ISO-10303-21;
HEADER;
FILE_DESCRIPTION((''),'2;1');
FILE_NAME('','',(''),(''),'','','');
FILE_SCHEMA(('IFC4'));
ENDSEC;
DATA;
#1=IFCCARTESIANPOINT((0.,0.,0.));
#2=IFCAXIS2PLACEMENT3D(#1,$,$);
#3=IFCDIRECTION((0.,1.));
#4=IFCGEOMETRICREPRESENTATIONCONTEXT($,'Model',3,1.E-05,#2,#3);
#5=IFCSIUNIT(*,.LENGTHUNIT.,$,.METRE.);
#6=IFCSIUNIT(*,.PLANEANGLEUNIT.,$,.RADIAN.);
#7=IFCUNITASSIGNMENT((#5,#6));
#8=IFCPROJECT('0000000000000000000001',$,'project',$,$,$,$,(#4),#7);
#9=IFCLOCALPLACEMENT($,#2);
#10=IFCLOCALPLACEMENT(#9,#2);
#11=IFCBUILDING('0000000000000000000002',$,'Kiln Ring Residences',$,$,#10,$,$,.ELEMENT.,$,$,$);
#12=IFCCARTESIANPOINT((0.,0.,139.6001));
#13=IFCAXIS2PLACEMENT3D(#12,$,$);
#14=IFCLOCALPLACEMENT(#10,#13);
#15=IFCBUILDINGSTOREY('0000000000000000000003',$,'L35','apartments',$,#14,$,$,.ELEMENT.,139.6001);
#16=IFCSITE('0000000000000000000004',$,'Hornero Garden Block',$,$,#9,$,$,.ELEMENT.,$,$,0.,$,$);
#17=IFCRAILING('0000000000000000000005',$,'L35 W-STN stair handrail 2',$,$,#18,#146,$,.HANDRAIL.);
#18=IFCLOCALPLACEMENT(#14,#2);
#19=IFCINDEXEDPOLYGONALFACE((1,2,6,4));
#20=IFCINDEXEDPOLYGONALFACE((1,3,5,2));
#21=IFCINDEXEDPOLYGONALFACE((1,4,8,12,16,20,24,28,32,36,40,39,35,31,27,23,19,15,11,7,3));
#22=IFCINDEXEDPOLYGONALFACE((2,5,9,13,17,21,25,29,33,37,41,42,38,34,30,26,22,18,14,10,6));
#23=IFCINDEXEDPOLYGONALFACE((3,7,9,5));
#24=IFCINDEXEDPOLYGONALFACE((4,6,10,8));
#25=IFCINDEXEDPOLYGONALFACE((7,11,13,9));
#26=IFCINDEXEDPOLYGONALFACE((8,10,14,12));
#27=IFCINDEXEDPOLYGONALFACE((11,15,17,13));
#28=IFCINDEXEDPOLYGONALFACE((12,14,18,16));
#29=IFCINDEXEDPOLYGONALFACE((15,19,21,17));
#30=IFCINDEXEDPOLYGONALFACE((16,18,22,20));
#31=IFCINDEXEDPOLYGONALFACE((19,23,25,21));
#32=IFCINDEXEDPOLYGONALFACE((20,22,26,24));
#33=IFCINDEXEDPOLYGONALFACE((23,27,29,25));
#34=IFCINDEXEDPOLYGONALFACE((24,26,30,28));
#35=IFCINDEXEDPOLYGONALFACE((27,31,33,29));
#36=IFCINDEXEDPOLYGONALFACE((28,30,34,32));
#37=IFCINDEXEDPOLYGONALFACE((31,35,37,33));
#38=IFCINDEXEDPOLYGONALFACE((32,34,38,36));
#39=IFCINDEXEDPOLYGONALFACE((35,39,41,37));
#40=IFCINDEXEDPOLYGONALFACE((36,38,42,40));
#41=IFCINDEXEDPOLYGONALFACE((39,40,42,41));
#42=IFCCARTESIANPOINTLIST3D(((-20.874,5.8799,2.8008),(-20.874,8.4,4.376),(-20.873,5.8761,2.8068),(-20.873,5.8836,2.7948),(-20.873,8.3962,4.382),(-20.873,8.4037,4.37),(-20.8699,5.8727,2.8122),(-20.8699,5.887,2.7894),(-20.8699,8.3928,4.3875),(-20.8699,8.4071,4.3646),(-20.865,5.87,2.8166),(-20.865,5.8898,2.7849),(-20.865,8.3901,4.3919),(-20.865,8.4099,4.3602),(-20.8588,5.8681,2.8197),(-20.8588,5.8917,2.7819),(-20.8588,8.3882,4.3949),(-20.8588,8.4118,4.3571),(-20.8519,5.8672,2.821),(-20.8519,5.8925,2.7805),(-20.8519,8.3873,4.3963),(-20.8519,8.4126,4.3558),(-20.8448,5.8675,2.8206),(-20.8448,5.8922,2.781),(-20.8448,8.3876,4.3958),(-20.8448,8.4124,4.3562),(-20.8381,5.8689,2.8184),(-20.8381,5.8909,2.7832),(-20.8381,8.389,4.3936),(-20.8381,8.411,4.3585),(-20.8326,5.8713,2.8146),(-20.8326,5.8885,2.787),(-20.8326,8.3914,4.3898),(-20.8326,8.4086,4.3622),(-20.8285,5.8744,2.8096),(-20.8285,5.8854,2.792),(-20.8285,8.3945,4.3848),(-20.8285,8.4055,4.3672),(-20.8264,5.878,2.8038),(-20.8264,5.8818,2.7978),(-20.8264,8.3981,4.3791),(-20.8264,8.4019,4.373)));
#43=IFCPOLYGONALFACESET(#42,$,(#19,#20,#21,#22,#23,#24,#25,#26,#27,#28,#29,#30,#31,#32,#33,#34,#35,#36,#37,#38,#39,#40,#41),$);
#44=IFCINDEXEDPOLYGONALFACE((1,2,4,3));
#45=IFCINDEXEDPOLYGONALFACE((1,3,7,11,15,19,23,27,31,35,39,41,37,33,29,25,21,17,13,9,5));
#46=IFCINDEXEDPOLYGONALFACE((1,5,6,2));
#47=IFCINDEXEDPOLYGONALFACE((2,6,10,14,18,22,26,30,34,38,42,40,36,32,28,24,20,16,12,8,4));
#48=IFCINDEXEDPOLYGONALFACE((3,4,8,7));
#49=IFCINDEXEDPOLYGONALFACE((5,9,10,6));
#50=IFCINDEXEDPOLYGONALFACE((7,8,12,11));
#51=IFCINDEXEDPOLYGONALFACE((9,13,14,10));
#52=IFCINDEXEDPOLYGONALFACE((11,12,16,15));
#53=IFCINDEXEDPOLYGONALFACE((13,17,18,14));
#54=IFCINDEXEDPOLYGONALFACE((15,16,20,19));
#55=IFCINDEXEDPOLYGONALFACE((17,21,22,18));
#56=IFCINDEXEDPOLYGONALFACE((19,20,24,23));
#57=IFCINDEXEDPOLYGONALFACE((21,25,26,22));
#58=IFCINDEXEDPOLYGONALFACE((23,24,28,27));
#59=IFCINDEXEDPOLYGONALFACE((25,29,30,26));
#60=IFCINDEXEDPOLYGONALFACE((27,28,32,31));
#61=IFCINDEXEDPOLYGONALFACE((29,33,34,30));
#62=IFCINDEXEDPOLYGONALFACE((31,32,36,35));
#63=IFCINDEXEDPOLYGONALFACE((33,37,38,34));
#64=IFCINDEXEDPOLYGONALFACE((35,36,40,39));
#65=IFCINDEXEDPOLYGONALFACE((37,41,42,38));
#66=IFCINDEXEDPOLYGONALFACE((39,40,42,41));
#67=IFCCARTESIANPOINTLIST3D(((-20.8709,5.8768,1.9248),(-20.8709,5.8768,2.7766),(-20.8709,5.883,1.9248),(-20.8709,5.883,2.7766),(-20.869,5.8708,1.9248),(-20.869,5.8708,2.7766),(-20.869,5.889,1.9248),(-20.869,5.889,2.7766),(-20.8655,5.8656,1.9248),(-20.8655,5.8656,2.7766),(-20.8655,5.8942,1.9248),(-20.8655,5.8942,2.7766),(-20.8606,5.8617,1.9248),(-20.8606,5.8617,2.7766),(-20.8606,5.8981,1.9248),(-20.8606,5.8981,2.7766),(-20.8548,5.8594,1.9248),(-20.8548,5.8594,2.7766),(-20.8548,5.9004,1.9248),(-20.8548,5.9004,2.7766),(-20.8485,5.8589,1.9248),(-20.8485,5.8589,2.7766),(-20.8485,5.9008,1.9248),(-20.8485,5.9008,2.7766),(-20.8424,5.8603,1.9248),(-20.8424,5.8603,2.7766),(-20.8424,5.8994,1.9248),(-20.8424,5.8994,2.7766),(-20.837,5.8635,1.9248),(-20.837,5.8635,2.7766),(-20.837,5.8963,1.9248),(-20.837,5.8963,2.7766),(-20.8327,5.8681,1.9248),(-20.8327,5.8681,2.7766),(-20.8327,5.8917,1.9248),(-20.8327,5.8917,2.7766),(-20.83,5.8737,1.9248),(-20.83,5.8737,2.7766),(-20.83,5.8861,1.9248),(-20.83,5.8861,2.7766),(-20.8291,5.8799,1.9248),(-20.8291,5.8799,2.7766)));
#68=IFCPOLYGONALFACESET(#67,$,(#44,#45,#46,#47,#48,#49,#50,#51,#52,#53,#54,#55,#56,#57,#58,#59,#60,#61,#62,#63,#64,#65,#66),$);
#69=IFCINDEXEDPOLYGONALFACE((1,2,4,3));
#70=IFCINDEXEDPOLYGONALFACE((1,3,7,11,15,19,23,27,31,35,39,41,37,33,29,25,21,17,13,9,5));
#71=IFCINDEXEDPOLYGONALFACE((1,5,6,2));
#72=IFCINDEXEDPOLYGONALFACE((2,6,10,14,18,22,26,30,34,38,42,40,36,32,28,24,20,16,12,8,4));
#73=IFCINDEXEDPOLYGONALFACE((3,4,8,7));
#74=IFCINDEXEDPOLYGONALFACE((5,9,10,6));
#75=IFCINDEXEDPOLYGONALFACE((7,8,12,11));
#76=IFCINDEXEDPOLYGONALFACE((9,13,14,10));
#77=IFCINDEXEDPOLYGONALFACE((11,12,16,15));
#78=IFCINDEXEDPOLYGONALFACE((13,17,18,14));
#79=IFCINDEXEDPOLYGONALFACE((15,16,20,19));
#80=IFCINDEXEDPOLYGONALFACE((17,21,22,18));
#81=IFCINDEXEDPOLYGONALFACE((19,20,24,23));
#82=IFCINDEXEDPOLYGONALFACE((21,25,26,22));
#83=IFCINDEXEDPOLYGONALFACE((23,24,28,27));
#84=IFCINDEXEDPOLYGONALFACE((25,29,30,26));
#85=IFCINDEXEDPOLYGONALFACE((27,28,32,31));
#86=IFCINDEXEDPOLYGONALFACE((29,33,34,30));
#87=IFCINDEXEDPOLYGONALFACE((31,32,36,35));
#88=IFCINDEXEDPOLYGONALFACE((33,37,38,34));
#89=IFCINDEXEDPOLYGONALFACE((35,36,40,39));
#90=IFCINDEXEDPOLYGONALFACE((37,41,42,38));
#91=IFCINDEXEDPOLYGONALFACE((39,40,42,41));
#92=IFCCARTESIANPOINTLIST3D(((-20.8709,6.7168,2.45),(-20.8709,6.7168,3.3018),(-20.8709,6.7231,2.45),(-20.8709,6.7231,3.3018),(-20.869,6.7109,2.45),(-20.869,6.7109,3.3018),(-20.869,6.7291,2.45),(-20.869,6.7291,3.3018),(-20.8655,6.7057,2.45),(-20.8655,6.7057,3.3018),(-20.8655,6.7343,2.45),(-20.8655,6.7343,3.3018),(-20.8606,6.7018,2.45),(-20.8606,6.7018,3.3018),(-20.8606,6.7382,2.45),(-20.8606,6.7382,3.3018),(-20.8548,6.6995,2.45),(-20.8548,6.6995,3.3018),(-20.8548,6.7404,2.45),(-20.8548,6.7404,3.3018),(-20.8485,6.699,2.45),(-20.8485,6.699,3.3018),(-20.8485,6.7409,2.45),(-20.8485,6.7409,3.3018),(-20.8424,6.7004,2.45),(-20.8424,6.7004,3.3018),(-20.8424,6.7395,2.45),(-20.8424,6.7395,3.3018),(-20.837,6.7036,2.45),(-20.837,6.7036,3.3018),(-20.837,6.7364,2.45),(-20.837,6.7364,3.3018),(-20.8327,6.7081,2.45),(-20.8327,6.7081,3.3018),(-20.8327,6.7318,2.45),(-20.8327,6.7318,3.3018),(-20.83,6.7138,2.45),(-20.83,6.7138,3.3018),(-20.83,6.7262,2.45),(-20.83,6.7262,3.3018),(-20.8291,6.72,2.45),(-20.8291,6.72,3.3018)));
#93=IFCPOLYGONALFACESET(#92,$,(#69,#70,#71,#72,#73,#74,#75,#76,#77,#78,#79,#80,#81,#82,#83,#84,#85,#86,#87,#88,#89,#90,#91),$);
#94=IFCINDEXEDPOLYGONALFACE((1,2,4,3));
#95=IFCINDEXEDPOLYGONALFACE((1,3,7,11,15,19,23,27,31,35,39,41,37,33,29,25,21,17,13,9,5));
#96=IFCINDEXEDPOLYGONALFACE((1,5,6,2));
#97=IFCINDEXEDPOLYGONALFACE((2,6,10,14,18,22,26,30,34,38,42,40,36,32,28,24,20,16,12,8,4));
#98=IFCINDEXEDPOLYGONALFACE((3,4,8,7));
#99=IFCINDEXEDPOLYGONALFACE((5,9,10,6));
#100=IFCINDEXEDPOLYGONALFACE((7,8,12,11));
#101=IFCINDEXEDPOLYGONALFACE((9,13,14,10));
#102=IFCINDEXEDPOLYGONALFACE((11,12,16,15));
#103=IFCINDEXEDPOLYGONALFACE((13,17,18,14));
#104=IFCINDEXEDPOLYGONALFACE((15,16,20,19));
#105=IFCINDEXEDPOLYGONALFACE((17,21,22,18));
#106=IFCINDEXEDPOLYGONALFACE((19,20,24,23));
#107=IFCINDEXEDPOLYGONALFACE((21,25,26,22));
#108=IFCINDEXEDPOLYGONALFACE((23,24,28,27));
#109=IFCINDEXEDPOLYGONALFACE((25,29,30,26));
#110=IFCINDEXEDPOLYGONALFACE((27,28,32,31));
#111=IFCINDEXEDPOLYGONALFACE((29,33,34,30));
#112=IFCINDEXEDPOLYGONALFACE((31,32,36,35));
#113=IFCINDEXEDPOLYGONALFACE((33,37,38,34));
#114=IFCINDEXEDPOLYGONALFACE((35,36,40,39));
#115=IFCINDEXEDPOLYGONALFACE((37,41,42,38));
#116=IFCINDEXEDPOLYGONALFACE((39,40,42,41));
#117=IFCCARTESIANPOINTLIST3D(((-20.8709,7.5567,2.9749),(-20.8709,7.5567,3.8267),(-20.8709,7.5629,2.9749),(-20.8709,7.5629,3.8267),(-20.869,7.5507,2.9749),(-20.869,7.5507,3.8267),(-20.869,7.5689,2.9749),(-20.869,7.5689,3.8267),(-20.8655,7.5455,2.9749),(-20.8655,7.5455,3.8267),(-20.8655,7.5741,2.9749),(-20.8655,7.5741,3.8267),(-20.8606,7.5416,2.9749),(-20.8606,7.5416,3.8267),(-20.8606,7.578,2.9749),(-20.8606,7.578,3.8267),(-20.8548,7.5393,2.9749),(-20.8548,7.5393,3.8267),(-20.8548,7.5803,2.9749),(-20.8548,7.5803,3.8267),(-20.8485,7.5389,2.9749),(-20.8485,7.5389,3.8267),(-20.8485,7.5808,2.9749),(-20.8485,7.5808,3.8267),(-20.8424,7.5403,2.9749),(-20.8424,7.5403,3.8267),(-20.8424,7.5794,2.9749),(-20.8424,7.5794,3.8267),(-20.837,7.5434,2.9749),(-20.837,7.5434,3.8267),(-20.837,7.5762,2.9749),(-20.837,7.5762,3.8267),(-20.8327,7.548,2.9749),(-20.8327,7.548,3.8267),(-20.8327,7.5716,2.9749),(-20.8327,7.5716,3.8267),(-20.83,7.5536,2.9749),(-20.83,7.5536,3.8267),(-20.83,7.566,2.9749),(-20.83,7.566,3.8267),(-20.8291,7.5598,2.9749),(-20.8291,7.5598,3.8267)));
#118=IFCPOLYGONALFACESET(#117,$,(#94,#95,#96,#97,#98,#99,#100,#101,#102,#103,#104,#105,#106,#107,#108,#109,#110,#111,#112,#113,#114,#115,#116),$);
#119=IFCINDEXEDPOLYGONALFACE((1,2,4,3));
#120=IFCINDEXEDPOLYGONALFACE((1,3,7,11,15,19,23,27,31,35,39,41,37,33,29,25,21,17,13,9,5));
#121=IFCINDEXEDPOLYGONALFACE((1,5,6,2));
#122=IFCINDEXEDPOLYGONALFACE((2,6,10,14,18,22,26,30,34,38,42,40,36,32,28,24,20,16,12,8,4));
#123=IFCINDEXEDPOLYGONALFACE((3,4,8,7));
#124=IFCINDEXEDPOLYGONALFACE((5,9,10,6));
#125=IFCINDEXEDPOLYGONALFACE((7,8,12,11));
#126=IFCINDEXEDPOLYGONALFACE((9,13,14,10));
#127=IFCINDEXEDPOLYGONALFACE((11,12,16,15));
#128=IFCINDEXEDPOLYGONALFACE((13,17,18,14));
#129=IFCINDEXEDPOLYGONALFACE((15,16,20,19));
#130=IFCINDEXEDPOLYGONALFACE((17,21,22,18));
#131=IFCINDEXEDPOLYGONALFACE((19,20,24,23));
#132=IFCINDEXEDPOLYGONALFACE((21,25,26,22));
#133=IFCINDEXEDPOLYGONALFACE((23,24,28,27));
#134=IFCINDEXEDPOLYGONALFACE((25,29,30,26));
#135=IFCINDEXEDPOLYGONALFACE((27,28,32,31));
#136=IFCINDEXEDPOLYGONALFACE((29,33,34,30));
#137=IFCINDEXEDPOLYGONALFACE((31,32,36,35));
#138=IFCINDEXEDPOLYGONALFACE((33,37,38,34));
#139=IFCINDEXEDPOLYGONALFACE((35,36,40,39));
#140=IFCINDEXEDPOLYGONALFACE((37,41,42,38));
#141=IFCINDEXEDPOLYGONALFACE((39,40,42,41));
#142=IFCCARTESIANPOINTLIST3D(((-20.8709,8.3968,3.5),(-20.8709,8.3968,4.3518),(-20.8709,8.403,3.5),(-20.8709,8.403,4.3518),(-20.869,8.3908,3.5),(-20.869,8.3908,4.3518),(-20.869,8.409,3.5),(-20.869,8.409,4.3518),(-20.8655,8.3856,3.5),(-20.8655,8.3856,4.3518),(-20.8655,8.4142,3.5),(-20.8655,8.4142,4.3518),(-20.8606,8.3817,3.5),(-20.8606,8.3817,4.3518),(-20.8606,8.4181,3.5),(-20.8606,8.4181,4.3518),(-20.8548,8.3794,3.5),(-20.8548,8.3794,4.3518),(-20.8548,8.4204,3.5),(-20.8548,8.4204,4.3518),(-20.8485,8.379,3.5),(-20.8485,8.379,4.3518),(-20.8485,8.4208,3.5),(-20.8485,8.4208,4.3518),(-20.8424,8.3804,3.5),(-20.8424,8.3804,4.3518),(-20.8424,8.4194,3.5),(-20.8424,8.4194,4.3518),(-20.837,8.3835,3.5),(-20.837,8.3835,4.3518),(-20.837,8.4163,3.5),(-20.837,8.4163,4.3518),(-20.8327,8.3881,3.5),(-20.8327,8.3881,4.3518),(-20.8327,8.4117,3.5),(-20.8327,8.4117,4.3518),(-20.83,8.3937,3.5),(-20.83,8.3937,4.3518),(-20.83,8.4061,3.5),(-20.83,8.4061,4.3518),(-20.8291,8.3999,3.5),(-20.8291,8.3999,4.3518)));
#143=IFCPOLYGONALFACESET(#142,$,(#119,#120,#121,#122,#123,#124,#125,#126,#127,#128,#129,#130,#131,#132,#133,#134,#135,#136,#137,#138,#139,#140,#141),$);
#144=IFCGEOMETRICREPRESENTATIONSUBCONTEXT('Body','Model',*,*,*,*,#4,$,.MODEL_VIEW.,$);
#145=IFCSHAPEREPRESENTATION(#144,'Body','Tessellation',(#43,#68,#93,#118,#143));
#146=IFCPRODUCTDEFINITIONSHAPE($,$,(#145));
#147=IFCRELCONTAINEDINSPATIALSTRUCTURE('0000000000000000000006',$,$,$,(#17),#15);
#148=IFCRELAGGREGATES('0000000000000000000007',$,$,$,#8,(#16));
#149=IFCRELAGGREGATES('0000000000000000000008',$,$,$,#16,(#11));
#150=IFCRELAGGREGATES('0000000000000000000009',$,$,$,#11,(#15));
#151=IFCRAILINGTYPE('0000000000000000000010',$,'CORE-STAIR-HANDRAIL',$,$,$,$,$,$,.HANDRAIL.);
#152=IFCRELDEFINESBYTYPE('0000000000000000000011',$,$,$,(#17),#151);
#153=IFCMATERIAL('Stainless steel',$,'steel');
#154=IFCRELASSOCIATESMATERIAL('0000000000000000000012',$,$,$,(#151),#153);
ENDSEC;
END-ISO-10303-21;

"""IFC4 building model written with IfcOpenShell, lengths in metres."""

from ifc_helpers import new_model, si_unit, direction, frame, origin, origin_2d, place, context, subcontext, project, spatial, circle, extrude, material, type_object, element, save


model = new_model("IFC4")

# Units and contexts
model_context = context("Model", 3, precision=1e-05, world=origin(), true_north=direction((0.0, 1.0)))
body_context = subcontext(model_context, "Body", "Model", "MODEL_VIEW")
ifc_project = project(units=[si_unit("LENGTHUNIT", "METRE"), si_unit("PLANEANGLEUNIT", "RADIAN")], contexts=[model_context])

# Site, building, storey
site_placement = place(None, origin())
site = spatial("IfcSite", under=ifc_project, at=site_placement, Name="Hornero Garden Block", CompositionType="ELEMENT", RefElevation=0.0)
building_placement = place(site_placement, origin())
building = spatial("IfcBuilding", under=site, at=building_placement, Name="Kiln Ring Residences", CompositionType="ELEMENT")
storey_placement = place(building_placement, frame((0.0, 0.0, 139.6001)))
storey = spatial("IfcBuildingStorey", under=building, at=storey_placement, Name="L35", Description="apartments", CompositionType="ELEMENT", Elevation=139.6001)

# Railing
ifc_material_1 = material(Name="Stainless steel", Category="steel")
railing_type_1 = type_object("IfcRailingType", Name="CORE-STAIR-HANDRAIL", PredefinedType="HANDRAIL", material=ifc_material_1)
railing_1_placement = place(storey_placement, frame((-20.8501, 5.8799, 1.9248)))
element("IfcRailing", 1, at=railing_1_placement, inside=storey, type_object=railing_type_1, Name="L35 W-STN stair handrail 2", PredefinedType="HANDRAIL", context=body_context, shape_type="SweptSolid", body=[
    extrude(circle(Radius=0.0239, at=origin_2d()), frame((0.0, 0.0, 0.876), z_axis=(0.0, 0.847971, 0.530043), x_axis=(-1.0, 0.0, 0.0)), (0.0, 0.0, 1.0), 2.9719),
    extrude(circle(Radius=0.021, at=origin_2d()), origin(), (0.0, 0.0, 1.0), 0.8518),
    extrude(circle(Radius=0.021, at=origin_2d()), frame((0.0, 0.8401, 0.5251)), (0.0, 0.0, 1.0), 0.8518),
    extrude(circle(Radius=0.021, at=origin_2d()), frame((0.0, 1.6799, 1.05)), (0.0, 0.0, 1.0), 0.8518),
    extrude(circle(Radius=0.021, at=origin_2d()), frame((0.0, 2.52, 1.5752)), (0.0, 0.0, 1.0), 0.8518),
])

save(model, "model.ifc")
